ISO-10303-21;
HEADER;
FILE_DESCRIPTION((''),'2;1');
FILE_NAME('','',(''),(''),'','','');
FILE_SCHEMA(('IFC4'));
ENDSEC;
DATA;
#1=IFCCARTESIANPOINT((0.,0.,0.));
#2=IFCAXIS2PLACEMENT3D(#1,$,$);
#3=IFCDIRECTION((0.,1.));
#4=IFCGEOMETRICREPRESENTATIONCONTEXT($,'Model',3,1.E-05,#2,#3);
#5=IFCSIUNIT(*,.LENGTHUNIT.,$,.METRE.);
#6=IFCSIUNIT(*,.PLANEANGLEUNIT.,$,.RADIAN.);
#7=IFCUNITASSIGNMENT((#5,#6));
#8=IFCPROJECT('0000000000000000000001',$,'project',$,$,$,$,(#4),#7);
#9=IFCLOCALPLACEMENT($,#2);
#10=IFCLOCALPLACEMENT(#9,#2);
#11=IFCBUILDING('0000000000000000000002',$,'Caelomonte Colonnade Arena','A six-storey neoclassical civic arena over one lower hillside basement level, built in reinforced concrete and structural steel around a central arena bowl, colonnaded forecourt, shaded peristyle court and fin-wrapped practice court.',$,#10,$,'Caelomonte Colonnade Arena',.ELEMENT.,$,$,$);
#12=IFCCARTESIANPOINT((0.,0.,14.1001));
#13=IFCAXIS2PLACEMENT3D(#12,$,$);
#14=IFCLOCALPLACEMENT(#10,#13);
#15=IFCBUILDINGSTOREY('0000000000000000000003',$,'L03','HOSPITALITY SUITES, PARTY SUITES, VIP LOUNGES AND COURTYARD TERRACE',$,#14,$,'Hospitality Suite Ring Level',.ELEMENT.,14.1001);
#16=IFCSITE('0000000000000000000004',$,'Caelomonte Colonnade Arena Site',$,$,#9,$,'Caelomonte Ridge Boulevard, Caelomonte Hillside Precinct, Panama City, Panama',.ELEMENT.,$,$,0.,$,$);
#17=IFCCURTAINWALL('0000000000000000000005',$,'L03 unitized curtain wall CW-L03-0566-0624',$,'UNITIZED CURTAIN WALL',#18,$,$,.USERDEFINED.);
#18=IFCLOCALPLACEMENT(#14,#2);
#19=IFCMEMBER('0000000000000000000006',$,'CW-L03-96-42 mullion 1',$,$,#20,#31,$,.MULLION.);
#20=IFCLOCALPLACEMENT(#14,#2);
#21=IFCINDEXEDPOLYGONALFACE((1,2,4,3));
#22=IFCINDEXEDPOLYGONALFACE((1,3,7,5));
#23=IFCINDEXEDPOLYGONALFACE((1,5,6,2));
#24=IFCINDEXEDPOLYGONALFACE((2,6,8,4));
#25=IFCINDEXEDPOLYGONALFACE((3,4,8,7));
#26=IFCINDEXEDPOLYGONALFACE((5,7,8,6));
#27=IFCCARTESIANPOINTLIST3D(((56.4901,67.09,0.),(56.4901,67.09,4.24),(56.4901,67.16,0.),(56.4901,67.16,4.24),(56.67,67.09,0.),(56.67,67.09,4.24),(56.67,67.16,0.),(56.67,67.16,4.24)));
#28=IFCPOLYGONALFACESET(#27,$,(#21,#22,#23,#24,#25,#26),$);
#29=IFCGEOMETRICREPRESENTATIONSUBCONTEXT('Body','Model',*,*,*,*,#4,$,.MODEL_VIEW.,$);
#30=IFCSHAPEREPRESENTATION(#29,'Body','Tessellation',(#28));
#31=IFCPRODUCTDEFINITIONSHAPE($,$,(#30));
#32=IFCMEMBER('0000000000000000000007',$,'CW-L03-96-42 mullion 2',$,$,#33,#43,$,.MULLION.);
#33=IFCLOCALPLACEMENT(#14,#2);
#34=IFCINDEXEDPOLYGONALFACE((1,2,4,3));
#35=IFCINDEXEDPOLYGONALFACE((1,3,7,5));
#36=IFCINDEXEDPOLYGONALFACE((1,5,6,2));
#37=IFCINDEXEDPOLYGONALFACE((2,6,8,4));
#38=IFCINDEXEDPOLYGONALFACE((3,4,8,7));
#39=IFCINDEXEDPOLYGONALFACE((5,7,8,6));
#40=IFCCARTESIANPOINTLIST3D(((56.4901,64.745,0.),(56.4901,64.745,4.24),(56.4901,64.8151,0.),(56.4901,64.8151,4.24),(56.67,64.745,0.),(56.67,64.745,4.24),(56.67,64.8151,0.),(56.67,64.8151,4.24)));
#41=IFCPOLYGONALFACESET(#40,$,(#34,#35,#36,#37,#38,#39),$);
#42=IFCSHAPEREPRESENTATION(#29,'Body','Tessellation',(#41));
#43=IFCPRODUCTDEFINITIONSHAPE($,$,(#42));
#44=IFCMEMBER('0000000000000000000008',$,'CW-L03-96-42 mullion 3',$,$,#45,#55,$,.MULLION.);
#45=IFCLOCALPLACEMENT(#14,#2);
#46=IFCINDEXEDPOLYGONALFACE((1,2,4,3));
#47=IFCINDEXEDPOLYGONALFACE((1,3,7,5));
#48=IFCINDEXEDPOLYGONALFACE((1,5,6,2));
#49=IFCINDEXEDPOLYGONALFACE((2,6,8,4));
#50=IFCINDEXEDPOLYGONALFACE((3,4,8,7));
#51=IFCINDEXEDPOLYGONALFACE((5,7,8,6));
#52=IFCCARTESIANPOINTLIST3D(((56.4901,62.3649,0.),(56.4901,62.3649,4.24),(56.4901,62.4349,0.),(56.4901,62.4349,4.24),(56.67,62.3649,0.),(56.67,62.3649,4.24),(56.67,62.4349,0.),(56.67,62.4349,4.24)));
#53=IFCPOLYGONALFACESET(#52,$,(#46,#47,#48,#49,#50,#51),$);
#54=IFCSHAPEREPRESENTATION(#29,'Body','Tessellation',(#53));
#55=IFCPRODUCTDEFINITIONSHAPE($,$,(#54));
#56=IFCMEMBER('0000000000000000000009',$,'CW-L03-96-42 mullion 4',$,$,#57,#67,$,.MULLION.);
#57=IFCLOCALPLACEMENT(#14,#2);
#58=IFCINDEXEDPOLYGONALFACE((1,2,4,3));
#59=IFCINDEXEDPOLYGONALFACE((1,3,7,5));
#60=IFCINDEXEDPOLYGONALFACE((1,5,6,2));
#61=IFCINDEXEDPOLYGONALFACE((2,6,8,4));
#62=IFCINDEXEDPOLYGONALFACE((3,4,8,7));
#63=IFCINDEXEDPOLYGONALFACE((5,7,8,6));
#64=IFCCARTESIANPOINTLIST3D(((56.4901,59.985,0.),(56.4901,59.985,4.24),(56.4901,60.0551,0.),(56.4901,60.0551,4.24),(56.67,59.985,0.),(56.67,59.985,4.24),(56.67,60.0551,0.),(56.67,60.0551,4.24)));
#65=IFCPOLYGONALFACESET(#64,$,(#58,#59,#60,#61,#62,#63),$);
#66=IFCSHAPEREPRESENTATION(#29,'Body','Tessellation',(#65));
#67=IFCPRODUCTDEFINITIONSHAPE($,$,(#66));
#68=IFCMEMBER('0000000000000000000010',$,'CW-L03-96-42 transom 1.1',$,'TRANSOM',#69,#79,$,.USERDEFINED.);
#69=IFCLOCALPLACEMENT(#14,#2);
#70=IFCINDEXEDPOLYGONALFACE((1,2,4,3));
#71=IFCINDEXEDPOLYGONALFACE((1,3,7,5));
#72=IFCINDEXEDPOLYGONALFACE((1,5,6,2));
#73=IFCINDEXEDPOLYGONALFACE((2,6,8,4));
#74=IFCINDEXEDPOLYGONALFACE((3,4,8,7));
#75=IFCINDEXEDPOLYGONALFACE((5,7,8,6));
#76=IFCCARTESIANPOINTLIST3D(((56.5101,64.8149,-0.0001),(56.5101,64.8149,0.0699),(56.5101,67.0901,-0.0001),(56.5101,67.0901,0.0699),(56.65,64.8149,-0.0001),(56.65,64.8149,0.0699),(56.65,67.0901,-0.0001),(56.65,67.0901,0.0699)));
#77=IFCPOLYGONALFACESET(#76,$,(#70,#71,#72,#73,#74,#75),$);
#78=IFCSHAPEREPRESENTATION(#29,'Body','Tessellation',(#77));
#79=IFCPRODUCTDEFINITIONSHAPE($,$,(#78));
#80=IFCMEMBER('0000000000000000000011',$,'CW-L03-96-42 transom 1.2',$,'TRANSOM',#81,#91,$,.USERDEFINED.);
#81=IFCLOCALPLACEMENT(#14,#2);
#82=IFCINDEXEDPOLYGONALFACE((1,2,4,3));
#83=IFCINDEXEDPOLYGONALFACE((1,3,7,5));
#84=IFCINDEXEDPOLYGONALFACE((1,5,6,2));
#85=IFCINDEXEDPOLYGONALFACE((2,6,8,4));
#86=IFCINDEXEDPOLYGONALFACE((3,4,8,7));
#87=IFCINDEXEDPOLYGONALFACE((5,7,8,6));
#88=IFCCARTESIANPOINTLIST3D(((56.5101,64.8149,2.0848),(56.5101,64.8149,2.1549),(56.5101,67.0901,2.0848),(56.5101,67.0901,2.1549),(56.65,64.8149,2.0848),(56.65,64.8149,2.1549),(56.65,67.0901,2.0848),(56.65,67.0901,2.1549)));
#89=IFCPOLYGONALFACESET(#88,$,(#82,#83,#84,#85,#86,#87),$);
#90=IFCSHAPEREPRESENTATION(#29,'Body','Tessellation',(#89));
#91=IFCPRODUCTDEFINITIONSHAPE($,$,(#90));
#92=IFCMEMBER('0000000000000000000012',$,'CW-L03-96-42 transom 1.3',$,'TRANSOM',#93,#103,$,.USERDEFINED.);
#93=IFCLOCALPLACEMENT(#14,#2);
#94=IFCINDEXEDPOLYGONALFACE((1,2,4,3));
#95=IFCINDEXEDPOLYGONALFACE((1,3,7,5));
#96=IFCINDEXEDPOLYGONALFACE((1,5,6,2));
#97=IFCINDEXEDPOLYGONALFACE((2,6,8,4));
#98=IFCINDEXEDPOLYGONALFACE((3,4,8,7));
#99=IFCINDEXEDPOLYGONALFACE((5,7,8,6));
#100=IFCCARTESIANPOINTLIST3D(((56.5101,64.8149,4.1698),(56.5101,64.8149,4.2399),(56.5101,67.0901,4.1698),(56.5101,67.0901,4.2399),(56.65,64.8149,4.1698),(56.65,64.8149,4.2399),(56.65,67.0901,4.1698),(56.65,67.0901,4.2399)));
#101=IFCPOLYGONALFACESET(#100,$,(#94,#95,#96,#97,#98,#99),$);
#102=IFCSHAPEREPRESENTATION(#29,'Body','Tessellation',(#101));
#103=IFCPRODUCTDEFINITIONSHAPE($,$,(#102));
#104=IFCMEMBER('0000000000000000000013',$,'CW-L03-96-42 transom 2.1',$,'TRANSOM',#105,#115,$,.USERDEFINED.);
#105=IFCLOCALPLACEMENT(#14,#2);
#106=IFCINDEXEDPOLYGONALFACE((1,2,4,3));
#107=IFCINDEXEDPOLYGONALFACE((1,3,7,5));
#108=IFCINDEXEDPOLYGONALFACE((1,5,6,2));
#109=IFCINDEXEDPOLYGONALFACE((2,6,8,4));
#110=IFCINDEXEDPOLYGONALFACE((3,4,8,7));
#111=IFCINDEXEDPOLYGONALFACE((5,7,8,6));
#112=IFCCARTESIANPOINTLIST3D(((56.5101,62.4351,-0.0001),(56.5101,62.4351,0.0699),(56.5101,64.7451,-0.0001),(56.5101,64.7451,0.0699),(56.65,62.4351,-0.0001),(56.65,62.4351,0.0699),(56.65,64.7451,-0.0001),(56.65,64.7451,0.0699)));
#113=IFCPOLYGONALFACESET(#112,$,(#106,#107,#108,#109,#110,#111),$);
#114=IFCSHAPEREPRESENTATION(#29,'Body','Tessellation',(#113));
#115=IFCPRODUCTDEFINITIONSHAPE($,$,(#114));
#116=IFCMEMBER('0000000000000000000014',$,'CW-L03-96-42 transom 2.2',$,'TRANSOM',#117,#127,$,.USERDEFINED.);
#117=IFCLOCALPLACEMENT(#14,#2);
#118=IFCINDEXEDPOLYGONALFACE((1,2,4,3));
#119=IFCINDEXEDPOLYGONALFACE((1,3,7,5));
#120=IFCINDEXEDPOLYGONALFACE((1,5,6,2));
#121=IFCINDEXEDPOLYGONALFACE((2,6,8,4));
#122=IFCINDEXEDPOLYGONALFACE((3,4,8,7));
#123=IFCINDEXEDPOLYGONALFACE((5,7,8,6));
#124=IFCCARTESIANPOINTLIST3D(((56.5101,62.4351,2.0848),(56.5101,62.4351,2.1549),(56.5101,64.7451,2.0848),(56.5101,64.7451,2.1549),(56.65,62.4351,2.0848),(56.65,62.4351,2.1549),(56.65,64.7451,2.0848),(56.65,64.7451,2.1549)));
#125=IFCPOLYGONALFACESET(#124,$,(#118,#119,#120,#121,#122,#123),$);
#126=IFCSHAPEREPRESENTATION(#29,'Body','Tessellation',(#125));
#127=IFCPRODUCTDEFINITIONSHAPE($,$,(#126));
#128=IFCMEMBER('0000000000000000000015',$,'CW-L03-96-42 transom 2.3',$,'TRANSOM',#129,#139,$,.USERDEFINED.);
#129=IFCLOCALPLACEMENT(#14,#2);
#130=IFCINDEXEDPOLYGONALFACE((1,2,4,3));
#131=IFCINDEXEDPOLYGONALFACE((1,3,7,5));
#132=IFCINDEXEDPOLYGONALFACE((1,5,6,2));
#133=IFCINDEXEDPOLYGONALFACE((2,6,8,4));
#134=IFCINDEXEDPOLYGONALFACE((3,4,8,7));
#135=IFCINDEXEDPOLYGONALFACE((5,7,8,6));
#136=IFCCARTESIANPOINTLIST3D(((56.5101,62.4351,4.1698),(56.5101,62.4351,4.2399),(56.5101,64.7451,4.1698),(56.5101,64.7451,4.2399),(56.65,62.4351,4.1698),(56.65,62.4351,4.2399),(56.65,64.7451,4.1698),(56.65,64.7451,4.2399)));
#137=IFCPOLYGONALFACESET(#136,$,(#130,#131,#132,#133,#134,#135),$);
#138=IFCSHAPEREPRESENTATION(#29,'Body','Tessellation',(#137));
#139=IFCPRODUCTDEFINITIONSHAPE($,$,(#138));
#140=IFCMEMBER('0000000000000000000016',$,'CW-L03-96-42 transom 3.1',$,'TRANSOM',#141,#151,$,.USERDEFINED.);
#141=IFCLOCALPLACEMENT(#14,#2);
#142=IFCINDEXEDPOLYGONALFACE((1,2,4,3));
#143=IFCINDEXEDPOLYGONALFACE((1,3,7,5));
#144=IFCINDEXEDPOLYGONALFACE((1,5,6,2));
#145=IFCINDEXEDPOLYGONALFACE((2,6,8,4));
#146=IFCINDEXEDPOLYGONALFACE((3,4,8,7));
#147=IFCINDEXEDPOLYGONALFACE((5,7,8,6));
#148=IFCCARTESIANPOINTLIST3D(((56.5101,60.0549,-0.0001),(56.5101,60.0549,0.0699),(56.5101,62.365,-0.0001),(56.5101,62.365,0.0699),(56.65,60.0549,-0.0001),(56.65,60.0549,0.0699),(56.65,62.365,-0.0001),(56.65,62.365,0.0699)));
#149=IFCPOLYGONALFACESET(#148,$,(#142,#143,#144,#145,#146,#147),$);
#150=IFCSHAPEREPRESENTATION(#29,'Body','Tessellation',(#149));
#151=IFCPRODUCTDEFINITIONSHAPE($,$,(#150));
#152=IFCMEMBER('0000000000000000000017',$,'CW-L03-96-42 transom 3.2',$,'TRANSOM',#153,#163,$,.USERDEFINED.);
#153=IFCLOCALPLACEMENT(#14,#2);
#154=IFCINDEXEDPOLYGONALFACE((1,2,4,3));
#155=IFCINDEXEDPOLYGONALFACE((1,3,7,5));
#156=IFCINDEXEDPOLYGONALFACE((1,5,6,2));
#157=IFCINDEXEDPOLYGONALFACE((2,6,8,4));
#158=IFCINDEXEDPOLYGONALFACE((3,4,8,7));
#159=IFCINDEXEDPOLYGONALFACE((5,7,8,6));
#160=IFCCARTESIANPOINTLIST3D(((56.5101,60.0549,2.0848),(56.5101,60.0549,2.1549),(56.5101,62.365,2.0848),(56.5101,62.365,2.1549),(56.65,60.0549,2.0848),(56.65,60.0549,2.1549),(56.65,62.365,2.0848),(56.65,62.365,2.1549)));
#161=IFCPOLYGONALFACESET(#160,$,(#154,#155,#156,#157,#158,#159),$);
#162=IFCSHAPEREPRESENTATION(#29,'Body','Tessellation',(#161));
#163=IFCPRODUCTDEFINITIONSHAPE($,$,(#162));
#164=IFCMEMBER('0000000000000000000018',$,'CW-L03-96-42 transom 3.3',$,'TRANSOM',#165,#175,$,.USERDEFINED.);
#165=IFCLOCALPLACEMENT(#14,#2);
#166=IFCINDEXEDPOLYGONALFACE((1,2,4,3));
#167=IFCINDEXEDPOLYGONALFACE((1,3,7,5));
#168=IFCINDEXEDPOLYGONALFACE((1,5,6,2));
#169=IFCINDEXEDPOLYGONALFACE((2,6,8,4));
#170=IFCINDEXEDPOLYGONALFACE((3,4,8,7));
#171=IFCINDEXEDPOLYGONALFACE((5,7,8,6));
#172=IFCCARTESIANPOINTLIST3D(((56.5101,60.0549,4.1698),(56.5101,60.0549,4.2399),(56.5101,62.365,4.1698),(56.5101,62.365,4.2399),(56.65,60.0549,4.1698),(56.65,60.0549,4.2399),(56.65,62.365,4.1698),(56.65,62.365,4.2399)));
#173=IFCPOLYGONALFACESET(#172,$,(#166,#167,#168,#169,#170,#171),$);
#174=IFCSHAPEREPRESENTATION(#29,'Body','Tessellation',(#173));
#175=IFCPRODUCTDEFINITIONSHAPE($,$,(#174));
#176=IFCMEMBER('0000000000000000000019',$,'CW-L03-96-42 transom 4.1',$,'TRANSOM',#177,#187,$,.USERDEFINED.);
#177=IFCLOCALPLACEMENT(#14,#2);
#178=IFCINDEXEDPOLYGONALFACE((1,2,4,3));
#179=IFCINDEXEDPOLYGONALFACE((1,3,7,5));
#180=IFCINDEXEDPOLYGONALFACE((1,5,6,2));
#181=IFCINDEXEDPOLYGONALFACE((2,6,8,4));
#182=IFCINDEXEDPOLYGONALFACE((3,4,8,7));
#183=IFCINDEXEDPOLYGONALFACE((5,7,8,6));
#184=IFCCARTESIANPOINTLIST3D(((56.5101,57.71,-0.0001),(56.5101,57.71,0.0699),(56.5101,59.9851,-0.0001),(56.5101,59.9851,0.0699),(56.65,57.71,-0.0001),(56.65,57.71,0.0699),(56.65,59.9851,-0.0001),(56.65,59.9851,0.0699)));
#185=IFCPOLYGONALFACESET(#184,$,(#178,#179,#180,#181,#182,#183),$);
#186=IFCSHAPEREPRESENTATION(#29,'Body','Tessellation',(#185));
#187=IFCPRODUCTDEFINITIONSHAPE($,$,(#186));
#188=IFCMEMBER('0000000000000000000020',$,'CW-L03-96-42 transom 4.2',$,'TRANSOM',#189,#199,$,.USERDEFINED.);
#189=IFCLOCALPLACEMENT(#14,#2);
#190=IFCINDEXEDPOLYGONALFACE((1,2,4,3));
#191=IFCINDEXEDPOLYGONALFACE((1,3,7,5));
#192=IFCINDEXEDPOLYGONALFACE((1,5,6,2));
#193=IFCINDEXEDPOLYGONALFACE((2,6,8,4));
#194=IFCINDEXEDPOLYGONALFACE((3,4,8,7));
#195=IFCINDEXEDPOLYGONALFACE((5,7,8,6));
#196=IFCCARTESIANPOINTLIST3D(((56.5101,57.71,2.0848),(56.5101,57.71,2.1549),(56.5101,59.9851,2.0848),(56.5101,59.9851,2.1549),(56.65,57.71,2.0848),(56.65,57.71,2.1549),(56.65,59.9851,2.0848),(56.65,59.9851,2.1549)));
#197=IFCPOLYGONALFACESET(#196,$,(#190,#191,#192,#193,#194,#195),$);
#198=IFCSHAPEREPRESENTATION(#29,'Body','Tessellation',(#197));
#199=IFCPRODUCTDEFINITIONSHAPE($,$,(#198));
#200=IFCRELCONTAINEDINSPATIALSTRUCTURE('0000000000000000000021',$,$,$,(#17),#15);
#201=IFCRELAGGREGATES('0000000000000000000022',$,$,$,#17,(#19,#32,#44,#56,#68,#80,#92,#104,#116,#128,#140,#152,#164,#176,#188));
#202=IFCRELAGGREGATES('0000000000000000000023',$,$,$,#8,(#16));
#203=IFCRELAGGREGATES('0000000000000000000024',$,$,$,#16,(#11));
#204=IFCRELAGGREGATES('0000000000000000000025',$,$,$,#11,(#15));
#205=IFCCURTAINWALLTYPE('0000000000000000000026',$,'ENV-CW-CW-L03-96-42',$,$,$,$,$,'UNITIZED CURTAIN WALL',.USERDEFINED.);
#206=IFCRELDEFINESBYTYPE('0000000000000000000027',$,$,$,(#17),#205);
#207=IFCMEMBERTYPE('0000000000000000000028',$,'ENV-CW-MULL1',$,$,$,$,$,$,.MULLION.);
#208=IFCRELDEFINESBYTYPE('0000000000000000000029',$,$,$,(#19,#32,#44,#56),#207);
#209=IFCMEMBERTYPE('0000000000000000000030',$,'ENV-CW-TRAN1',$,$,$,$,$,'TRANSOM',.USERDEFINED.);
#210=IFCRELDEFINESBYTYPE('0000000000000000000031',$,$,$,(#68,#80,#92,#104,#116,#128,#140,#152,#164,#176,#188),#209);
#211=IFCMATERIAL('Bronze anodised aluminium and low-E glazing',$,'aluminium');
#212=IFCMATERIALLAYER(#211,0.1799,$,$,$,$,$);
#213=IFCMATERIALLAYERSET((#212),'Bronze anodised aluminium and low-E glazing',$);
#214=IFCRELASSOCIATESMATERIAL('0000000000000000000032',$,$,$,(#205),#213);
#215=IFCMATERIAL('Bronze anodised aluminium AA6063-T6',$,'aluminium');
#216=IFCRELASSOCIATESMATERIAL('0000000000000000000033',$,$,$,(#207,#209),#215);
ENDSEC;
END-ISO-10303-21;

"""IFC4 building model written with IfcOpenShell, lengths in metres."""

from ifc_helpers import new_model, si_unit, direction, frame, origin, origin_2d, place, context, subcontext, project, spatial, rectangle, extrude, material, layer, layer_set, material_profile, profile_set, type_object, element, aggregate, save


model = new_model("IFC4")

# Units and contexts
model_context = context("Model", 3, precision=1e-05, world=origin(), true_north=direction((0.0, 1.0)))
body_context = subcontext(model_context, "Body", "Model", "MODEL_VIEW")
ifc_project = project(units=[si_unit("LENGTHUNIT", "METRE"), si_unit("PLANEANGLEUNIT", "RADIAN")], contexts=[model_context])

# Site, building, storey
site_placement = place(None, origin())
site = spatial("IfcSite", under=ifc_project, at=site_placement, Name="Caelomonte Colonnade Arena Site", LongName="Caelomonte Ridge Boulevard, Caelomonte Hillside Precinct, Panama City, Panama", CompositionType="ELEMENT", RefElevation=0.0)
building_placement = place(site_placement, origin())
building = spatial("IfcBuilding", under=site, at=building_placement, Name="Caelomonte Colonnade Arena", Description="A six-storey neoclassical civic arena over one lower hillside basement level, built in reinforced concrete and structural steel around a central arena bowl, colonnaded forecourt, shaded peristyle court and fin-wrapped practice court.", LongName="Caelomonte Colonnade Arena", CompositionType="ELEMENT")
storey_placement = place(building_placement, frame((0.0, 0.0, 14.1001)))
storey = spatial("IfcBuildingStorey", under=building, at=storey_placement, Name="L03", Description="HOSPITALITY SUITES, PARTY SUITES, VIP LOUNGES AND COURTYARD TERRACE", LongName="Hospitality Suite Ring Level", CompositionType="ELEMENT", Elevation=14.1001)

# Curtain wall, members
ifc_material_1 = material(Name="Bronze anodised aluminium and low-E glazing", Category="aluminium")
ifc_layer_1 = layer(ifc_material_1, 0.1799)
ifc_layer_set_1 = layer_set([ifc_layer_1], Name="Bronze anodised aluminium and low-E glazing")
curtain_wall_type = type_object("IfcCurtainWallType", Name="ENV-CW-CW-L03-96-42", ElementType="UNITIZED CURTAIN WALL", PredefinedType="USERDEFINED", material=ifc_layer_set_1)
curtain_wall_placement = place(storey_placement, origin())
curtain_wall = element("IfcCurtainWall", 1, at=curtain_wall_placement, inside=storey, type_object=curtain_wall_type, Name="L03 unitized curtain wall CW-L03-0566-0624", ObjectType="UNITIZED CURTAIN WALL", PredefinedType="USERDEFINED")
ifc_material_2 = material(Name="Bronze anodised aluminium AA6063-T6", Category="aluminium")
ifc_material_profile_1 = material_profile(ifc_material_2, rectangle(XDim=0.0701, YDim=0.1799, at=origin_2d()), Name="CWM-70X180")
ifc_profile_set_1 = profile_set([ifc_material_profile_1], Name="Bronze anodised aluminium AA6063-T6")
member_type_1 = type_object("IfcMemberType", Name="ENV-CW-MULL1", PredefinedType="MULLION", material=ifc_profile_set_1)
member_1_placement = place(storey_placement, frame((56.5801, 67.125, 0.0), z_axis=(0.0, 0.0, 1.0), x_axis=(0.0, -1.0, 0.0)))
member_1 = element("IfcMember", 2, at=member_1_placement, type_object=member_type_1, Name="CW-L03-96-42 mullion 1", PredefinedType="MULLION", context=body_context, shape_type="SweptSolid", body=[
    extrude(rectangle(XDim=0.0701, YDim=0.1799, at=origin_2d()), origin(), (0.0, 0.0, 1.0), 4.24),
])
member_2_placement = place(storey_placement, frame((56.5801, 64.78, 0.0), z_axis=(0.0, 0.0, 1.0), x_axis=(0.0, -1.0, 0.0)))
member_2 = element("IfcMember", 3, at=member_2_placement, type_object=member_type_1, Name="CW-L03-96-42 mullion 2", PredefinedType="MULLION", context=body_context, shape_type="SweptSolid", body=[
    extrude(rectangle(XDim=0.0701, YDim=0.1799, at=origin_2d()), origin(), (0.0, 0.0, 1.0), 4.24),
])
member_3_placement = place(storey_placement, frame((56.5801, 62.3999, 0.0), z_axis=(0.0, 0.0, 1.0), x_axis=(0.0, -1.0, 0.0)))
member_3 = element("IfcMember", 4, at=member_3_placement, type_object=member_type_1, Name="CW-L03-96-42 mullion 3", PredefinedType="MULLION", context=body_context, shape_type="SweptSolid", body=[
    extrude(rectangle(XDim=0.0701, YDim=0.1799, at=origin_2d()), origin(), (0.0, 0.0, 1.0), 4.24),
])
member_4_placement = place(storey_placement, frame((56.5801, 60.02, 0.0), z_axis=(0.0, 0.0, 1.0), x_axis=(0.0, -1.0, 0.0)))
member_4 = element("IfcMember", 5, at=member_4_placement, type_object=member_type_1, Name="CW-L03-96-42 mullion 4", PredefinedType="MULLION", context=body_context, shape_type="SweptSolid", body=[
    extrude(rectangle(XDim=0.0701, YDim=0.1799, at=origin_2d()), origin(), (0.0, 0.0, 1.0), 4.24),
])
ifc_material_profile_2 = material_profile(ifc_material_2, rectangle(XDim=0.0701, YDim=0.1399, at=origin_2d()), Name="CWT-70X140")
ifc_profile_set_2 = profile_set([ifc_material_profile_2], Name="Bronze anodised aluminium AA6063-T6")
member_type_2 = type_object("IfcMemberType", Name="ENV-CW-TRAN1", ElementType="TRANSOM", PredefinedType="USERDEFINED", material=ifc_profile_set_2)
member_5_placement = place(storey_placement, frame((56.5801, 67.0901, 0.0349), z_axis=(0.0, -1.0, 0.0), x_axis=(0.0, 0.0, 1.0)))
member_5 = element("IfcMember", 6, at=member_5_placement, type_object=member_type_2, Name="CW-L03-96-42 transom 1.1", ObjectType="TRANSOM", PredefinedType="USERDEFINED", context=body_context, shape_type="SweptSolid", body=[
    extrude(rectangle(XDim=0.0701, YDim=0.1399, at=origin_2d()), origin(), (0.0, 0.0, 1.0), 2.2751),
])
member_6_placement = place(storey_placement, frame((56.5801, 67.0901, 2.1199), z_axis=(0.0, -1.0, 0.0), x_axis=(0.0, 0.0, 1.0)))
member_6 = element("IfcMember", 7, at=member_6_placement, type_object=member_type_2, Name="CW-L03-96-42 transom 1.2", ObjectType="TRANSOM", PredefinedType="USERDEFINED", context=body_context, shape_type="SweptSolid", body=[
    extrude(rectangle(XDim=0.0701, YDim=0.1399, at=origin_2d()), origin(), (0.0, 0.0, 1.0), 2.2751),
])
member_7_placement = place(storey_placement, frame((56.5801, 67.0901, 4.2048), z_axis=(0.0, -1.0, 0.0), x_axis=(0.0, 0.0, 1.0)))
member_7 = element("IfcMember", 8, at=member_7_placement, type_object=member_type_2, Name="CW-L03-96-42 transom 1.3", ObjectType="TRANSOM", PredefinedType="USERDEFINED", context=body_context, shape_type="SweptSolid", body=[
    extrude(rectangle(XDim=0.0701, YDim=0.1399, at=origin_2d()), origin(), (0.0, 0.0, 1.0), 2.2751),
])
member_8_placement = place(storey_placement, frame((56.5801, 64.7451, 0.0349), z_axis=(0.0, -1.0, 0.0), x_axis=(0.0, 0.0, 1.0)))
member_8 = element("IfcMember", 9, at=member_8_placement, type_object=member_type_2, Name="CW-L03-96-42 transom 2.1", ObjectType="TRANSOM", PredefinedType="USERDEFINED", context=body_context, shape_type="SweptSolid", body=[
    extrude(rectangle(XDim=0.0701, YDim=0.1399, at=origin_2d()), origin(), (0.0, 0.0, 1.0), 2.3101),
])
member_9_placement = place(storey_placement, frame((56.5801, 64.7451, 2.1199), z_axis=(0.0, -1.0, 0.0), x_axis=(0.0, 0.0, 1.0)))
member_9 = element("IfcMember", 10, at=member_9_placement, type_object=member_type_2, Name="CW-L03-96-42 transom 2.2", ObjectType="TRANSOM", PredefinedType="USERDEFINED", context=body_context, shape_type="SweptSolid", body=[
    extrude(rectangle(XDim=0.0701, YDim=0.1399, at=origin_2d()), origin(), (0.0, 0.0, 1.0), 2.3101),
])
member_10_placement = place(storey_placement, frame((56.5801, 64.7451, 4.2048), z_axis=(0.0, -1.0, 0.0), x_axis=(0.0, 0.0, 1.0)))
member_10 = element("IfcMember", 11, at=member_10_placement, type_object=member_type_2, Name="CW-L03-96-42 transom 2.3", ObjectType="TRANSOM", PredefinedType="USERDEFINED", context=body_context, shape_type="SweptSolid", body=[
    extrude(rectangle(XDim=0.0701, YDim=0.1399, at=origin_2d()), origin(), (0.0, 0.0, 1.0), 2.3101),
])
member_11_placement = place(storey_placement, frame((56.5801, 62.365, 0.0349), z_axis=(0.0, -1.0, 0.0), x_axis=(0.0, 0.0, 1.0)))
member_11 = element("IfcMember", 12, at=member_11_placement, type_object=member_type_2, Name="CW-L03-96-42 transom 3.1", ObjectType="TRANSOM", PredefinedType="USERDEFINED", context=body_context, shape_type="SweptSolid", body=[
    extrude(rectangle(XDim=0.0701, YDim=0.1399, at=origin_2d()), origin(), (0.0, 0.0, 1.0), 2.3101),
])
member_12_placement = place(storey_placement, frame((56.5801, 62.365, 2.1199), z_axis=(0.0, -1.0, 0.0), x_axis=(0.0, 0.0, 1.0)))
member_12 = element("IfcMember", 13, at=member_12_placement, type_object=member_type_2, Name="CW-L03-96-42 transom 3.2", ObjectType="TRANSOM", PredefinedType="USERDEFINED", context=body_context, shape_type="SweptSolid", body=[
    extrude(rectangle(XDim=0.0701, YDim=0.1399, at=origin_2d()), origin(), (0.0, 0.0, 1.0), 2.3101),
])
member_13_placement = place(storey_placement, frame((56.5801, 62.365, 4.2048), z_axis=(0.0, -1.0, 0.0), x_axis=(0.0, 0.0, 1.0)))
member_13 = element("IfcMember", 14, at=member_13_placement, type_object=member_type_2, Name="CW-L03-96-42 transom 3.3", ObjectType="TRANSOM", PredefinedType="USERDEFINED", context=body_context, shape_type="SweptSolid", body=[
    extrude(rectangle(XDim=0.0701, YDim=0.1399, at=origin_2d()), origin(), (0.0, 0.0, 1.0), 2.3101),
])
member_14_placement = place(storey_placement, frame((56.5801, 59.9851, 0.0349), z_axis=(0.0, -1.0, 0.0), x_axis=(0.0, 0.0, 1.0)))
member_14 = element("IfcMember", 15, at=member_14_placement, type_object=member_type_2, Name="CW-L03-96-42 transom 4.1", ObjectType="TRANSOM", PredefinedType="USERDEFINED", context=body_context, shape_type="SweptSolid", body=[
    extrude(rectangle(XDim=0.0701, YDim=0.1399, at=origin_2d()), origin(), (0.0, 0.0, 1.0), 2.2751),
])
member_15_placement = place(storey_placement, frame((56.5801, 59.9851, 2.1199), z_axis=(0.0, -1.0, 0.0), x_axis=(0.0, 0.0, 1.0)))
member_15 = element("IfcMember", 16, at=member_15_placement, type_object=member_type_2, Name="CW-L03-96-42 transom 4.2", ObjectType="TRANSOM", PredefinedType="USERDEFINED", context=body_context, shape_type="SweptSolid", body=[
    extrude(rectangle(XDim=0.0701, YDim=0.1399, at=origin_2d()), origin(), (0.0, 0.0, 1.0), 2.2751),
])
aggregate(curtain_wall, [member_1, member_2, member_3, member_4, member_5, member_6, member_7, member_8, member_9, member_10, member_11, member_12, member_13, member_14, member_15])

save(model, "model.ifc")
